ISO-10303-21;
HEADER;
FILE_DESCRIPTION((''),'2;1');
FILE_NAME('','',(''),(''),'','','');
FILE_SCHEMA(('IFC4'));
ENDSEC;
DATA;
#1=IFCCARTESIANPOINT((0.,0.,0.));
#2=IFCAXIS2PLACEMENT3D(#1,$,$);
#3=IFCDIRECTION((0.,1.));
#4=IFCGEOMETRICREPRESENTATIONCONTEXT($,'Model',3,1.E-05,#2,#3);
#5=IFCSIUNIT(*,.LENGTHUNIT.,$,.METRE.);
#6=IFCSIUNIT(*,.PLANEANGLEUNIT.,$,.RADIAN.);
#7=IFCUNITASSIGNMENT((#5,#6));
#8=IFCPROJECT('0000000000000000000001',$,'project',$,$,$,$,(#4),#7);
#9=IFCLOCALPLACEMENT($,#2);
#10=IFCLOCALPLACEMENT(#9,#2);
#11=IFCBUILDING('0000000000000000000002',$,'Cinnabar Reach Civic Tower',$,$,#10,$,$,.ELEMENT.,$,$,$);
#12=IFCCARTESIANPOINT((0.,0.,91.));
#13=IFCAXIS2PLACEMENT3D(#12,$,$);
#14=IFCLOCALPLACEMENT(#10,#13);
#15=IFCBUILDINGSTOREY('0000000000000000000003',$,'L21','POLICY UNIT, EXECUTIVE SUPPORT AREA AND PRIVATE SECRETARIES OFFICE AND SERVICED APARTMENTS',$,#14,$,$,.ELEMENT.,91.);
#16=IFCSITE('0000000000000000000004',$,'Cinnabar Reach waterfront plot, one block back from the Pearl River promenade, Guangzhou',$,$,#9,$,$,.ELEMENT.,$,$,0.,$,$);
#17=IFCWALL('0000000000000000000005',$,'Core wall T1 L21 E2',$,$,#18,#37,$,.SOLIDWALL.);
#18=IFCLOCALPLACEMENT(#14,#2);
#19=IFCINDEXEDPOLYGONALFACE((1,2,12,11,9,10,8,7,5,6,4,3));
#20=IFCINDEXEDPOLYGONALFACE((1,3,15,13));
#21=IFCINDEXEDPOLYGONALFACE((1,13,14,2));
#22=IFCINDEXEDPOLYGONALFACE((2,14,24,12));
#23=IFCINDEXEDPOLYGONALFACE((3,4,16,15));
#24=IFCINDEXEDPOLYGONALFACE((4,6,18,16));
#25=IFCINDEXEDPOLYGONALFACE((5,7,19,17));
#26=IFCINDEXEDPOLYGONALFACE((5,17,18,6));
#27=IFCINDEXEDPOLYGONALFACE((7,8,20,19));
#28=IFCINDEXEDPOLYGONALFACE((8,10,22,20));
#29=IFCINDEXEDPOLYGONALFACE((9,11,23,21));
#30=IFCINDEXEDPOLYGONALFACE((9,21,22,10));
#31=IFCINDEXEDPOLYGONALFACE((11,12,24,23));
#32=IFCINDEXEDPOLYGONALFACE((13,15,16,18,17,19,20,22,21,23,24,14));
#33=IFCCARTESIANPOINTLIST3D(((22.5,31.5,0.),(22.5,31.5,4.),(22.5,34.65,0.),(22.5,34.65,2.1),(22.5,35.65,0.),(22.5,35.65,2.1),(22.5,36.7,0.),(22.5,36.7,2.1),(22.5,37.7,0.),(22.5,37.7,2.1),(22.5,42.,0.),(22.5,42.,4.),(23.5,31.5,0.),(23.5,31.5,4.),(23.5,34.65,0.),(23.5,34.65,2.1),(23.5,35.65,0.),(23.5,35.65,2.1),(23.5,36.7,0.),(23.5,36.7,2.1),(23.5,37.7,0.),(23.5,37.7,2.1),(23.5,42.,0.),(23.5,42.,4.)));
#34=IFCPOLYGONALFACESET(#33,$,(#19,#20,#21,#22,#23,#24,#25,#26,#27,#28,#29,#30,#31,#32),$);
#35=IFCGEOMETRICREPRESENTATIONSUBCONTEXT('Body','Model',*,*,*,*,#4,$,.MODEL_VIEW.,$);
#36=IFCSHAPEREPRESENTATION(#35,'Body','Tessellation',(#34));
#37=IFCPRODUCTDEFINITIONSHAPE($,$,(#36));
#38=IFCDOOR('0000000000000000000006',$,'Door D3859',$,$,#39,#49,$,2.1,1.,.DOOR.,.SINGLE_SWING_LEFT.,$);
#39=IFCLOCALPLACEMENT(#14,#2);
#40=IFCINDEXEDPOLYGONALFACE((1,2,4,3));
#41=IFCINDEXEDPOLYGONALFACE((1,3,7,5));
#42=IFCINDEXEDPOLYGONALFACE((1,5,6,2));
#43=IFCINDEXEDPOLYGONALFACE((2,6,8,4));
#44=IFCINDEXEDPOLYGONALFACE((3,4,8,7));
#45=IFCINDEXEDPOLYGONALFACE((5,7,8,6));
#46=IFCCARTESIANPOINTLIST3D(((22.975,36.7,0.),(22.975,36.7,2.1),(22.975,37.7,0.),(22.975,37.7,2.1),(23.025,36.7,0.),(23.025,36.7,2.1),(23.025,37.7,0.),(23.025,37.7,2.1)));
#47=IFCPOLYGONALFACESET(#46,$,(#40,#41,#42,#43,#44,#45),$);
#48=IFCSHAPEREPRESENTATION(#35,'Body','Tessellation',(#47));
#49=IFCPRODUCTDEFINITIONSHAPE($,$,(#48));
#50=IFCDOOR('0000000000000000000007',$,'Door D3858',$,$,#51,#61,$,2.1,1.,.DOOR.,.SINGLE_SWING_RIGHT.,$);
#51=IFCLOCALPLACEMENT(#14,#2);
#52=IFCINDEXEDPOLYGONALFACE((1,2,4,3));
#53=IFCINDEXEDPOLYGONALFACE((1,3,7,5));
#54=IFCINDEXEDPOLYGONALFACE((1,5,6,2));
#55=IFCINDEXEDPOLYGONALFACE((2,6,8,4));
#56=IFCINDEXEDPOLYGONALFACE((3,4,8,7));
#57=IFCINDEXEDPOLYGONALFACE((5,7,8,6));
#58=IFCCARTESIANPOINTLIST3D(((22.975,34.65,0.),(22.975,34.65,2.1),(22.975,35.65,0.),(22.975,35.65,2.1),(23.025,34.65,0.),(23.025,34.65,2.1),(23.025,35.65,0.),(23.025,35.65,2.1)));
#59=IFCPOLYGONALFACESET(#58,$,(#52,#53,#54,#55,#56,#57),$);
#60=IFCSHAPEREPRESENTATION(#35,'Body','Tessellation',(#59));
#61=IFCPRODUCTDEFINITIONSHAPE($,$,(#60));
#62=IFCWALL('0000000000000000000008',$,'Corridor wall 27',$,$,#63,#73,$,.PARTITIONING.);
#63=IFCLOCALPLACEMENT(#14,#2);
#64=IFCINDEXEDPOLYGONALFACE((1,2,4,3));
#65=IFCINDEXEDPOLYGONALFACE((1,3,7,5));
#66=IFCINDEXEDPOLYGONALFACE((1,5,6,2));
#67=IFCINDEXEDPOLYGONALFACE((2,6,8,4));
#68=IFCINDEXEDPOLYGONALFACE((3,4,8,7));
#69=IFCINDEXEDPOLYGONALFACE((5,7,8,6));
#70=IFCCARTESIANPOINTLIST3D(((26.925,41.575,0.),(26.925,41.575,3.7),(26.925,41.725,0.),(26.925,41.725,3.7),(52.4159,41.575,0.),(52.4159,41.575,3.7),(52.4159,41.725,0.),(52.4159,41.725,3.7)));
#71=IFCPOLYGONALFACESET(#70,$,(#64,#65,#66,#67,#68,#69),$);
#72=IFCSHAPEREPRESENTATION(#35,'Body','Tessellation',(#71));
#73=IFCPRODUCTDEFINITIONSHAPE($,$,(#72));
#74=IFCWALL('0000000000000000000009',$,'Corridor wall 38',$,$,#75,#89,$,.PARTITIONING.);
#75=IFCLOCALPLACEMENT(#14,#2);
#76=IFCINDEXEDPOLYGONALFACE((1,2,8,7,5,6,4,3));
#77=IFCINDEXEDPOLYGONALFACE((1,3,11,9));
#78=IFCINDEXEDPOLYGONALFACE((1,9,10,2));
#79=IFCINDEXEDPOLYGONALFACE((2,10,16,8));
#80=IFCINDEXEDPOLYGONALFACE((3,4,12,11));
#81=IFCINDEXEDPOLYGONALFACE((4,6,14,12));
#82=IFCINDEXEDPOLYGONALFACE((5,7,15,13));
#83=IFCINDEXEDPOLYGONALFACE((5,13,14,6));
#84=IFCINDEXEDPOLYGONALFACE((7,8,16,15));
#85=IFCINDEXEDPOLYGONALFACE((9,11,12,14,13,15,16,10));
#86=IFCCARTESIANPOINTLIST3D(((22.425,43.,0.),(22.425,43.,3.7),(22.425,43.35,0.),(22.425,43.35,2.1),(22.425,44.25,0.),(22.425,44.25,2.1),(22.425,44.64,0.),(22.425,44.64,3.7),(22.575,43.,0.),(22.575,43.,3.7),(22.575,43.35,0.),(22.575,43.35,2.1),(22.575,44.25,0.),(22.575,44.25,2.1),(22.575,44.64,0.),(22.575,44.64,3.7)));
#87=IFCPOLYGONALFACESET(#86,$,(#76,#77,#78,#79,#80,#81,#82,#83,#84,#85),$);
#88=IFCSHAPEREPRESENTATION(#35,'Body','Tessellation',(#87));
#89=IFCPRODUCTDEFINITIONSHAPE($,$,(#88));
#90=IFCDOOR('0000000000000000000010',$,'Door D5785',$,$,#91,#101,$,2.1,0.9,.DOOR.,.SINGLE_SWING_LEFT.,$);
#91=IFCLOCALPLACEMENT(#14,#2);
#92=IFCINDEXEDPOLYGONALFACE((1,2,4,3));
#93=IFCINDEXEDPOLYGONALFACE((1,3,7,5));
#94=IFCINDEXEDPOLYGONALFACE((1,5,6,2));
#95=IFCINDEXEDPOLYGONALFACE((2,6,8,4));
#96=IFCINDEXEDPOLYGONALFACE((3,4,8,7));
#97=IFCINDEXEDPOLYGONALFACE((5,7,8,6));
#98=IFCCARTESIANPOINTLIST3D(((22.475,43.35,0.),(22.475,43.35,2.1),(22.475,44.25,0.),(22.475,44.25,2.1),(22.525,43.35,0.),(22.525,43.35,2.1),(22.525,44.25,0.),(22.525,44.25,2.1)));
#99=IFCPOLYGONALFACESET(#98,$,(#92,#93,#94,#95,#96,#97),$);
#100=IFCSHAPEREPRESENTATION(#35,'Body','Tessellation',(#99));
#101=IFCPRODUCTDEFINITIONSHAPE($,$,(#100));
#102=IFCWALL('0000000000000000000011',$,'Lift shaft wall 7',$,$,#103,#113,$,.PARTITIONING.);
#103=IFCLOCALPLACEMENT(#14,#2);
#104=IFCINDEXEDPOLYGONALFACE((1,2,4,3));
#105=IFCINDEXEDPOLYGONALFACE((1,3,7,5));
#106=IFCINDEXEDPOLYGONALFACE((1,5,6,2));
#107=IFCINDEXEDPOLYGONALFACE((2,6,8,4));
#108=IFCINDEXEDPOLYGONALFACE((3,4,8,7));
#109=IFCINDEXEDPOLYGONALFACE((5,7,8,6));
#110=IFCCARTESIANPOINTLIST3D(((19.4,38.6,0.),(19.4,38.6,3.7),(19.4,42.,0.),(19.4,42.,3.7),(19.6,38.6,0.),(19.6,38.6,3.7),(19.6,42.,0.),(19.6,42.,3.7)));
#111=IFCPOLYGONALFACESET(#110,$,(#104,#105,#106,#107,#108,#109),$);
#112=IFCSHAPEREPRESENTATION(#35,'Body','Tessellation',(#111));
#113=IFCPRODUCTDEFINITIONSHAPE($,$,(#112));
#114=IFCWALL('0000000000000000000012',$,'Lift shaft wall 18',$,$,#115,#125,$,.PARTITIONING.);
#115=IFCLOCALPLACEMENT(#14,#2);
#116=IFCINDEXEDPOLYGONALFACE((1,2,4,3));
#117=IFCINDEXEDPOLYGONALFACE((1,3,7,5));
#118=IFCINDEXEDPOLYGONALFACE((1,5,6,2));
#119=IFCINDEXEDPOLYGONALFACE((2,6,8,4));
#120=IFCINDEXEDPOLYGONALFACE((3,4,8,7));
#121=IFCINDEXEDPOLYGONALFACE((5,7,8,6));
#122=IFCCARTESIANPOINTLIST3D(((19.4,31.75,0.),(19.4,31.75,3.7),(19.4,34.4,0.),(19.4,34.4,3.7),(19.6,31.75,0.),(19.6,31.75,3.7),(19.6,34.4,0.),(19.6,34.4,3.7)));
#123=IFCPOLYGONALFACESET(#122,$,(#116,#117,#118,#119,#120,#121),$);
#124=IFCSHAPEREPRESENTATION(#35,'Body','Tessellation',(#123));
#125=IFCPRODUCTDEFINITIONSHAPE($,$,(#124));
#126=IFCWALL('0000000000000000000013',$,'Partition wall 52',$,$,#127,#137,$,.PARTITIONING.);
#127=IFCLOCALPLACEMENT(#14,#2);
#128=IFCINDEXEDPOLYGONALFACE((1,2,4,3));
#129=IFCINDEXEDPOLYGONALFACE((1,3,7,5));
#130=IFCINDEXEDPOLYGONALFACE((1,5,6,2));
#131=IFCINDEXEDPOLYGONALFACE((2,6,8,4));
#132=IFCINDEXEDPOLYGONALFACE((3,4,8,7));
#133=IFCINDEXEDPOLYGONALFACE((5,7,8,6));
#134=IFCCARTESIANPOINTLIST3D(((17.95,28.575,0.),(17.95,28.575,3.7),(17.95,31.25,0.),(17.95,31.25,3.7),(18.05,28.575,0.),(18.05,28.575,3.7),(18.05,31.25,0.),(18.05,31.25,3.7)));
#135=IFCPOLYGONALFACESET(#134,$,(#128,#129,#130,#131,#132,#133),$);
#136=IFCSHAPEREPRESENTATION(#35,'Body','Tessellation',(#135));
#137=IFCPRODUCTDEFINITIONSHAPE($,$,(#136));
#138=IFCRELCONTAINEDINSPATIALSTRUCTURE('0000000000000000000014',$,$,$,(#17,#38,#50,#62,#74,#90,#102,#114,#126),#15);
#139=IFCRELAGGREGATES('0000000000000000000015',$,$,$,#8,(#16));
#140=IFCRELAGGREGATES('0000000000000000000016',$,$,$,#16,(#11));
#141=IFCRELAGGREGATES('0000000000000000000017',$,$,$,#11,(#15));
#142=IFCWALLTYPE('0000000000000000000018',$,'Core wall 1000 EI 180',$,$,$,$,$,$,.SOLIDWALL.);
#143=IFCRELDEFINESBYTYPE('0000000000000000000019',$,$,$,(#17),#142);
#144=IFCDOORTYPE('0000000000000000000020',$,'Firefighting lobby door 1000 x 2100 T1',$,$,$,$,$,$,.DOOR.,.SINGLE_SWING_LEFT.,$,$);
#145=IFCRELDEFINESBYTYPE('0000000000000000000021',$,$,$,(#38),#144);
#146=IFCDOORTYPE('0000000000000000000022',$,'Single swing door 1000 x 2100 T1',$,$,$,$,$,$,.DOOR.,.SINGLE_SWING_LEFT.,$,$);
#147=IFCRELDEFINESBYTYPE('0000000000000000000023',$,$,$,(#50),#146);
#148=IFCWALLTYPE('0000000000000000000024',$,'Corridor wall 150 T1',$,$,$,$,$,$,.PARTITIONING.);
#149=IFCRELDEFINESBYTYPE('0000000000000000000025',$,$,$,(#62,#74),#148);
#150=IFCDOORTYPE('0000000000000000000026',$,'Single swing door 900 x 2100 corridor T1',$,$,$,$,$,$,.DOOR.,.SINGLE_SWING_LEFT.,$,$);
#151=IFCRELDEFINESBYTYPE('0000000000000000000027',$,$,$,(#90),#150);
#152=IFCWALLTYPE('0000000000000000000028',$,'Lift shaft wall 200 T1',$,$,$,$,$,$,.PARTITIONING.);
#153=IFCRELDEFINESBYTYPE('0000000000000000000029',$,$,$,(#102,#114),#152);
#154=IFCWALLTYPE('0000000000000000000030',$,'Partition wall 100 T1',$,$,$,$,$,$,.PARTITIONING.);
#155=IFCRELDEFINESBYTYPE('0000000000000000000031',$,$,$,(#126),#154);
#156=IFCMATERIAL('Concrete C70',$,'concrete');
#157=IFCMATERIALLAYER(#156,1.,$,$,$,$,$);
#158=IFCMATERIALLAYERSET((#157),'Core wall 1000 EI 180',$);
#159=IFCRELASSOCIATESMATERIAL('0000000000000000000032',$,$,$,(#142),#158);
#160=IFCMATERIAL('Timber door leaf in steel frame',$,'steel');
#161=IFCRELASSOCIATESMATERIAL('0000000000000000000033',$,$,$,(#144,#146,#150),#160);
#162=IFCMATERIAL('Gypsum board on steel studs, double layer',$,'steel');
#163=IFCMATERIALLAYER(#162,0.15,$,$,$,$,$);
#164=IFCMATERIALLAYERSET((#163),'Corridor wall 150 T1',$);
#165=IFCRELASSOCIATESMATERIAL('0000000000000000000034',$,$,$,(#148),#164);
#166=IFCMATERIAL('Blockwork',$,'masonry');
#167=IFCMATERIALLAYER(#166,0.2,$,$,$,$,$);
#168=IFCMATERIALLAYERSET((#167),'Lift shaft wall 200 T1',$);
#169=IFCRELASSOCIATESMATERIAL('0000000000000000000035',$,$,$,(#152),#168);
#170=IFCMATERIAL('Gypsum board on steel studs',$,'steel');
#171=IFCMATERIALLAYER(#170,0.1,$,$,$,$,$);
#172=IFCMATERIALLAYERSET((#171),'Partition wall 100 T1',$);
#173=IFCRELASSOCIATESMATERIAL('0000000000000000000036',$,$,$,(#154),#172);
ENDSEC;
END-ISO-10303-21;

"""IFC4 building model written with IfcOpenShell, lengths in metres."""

from ifc_helpers import new_model, si_unit, direction, frame, frame_2d, origin, place, context, subcontext, project, spatial, rectangle, extrude, material, layer, layer_set, type_object, element, fill, save


model = new_model("IFC4")

# Units and contexts
model_context = context("Model", 3, precision=1e-05, world=origin(), true_north=direction((0.0, 1.0)))
body_context = subcontext(model_context, "Body", "Model", "MODEL_VIEW")
ifc_project = project(units=[si_unit("LENGTHUNIT", "METRE"), si_unit("PLANEANGLEUNIT", "RADIAN")], contexts=[model_context])

# Site, building, storey
site_placement = place(None, origin())
site = spatial("IfcSite", under=ifc_project, at=site_placement, Name="Cinnabar Reach waterfront plot, one block back from the Pearl River promenade, Guangzhou", CompositionType="ELEMENT", RefElevation=0.0)
building_placement = place(site_placement, origin())
building = spatial("IfcBuilding", under=site, at=building_placement, Name="Cinnabar Reach Civic Tower", CompositionType="ELEMENT")
storey_placement = place(building_placement, frame((0.0, 0.0, 91.0)))
storey = spatial("IfcBuildingStorey", under=building, at=storey_placement, Name="L21", Description="POLICY UNIT, EXECUTIVE SUPPORT AREA AND PRIVATE SECRETARIES OFFICE AND SERVICED APARTMENTS", CompositionType="ELEMENT", Elevation=91.0)

# Shared definitions
ifc_material_1 = material(Name="Concrete C70", Category="concrete")

# Shared definitions
ifc_layer_1 = layer(ifc_material_1, 1.0)
ifc_layer_set_1 = layer_set([ifc_layer_1], Name="Core wall 1000 EI 180")
wall_type_1 = type_object("IfcWallType", Name="Core wall 1000 EI 180", PredefinedType="SOLIDWALL", material=ifc_layer_set_1)

# Wall, openings, doors
wall_1_placement = place(storey_placement, frame((23.0, 31.5, 0.0), z_axis=(0.0, 0.0, 1.0), x_axis=(0.0, 1.0, 0.0)))
wall_1 = element("IfcWall", 1, at=wall_1_placement, inside=storey, type_object=wall_type_1, Name="Core wall T1 L21 E2", PredefinedType="SOLIDWALL", context=body_context, shape_type="SweptSolid", body=[
    extrude(rectangle(XDim=10.5, YDim=1.0, at=frame_2d((5.25, 0.0))), origin(), (0.0, 0.0, 1.0), 4.0),
])
opening_1_placement = place(wall_1_placement, frame((3.15, 0.0, 0.0)))
opening_1 = element("IfcOpeningElement", 2, at=opening_1_placement, cuts=wall_1, PredefinedType="OPENING", context=body_context, shape_type="SweptSolid", body=[
    extrude(rectangle(XDim=1.0, YDim=2.1, at=frame_2d((0.5, 1.05))), frame((0.0, 0.51, 0.0), z_axis=(0.0, -1.0, 0.0), x_axis=(1.0, 0.0, 0.0)), (0.0, 0.0, 1.0), 1.02),
])
opening_2_placement = place(wall_1_placement, frame((5.2, 0.0, 0.0)))
opening_2 = element("IfcOpeningElement", 3, at=opening_2_placement, cuts=wall_1, PredefinedType="OPENING", context=body_context, shape_type="SweptSolid", body=[
    extrude(rectangle(XDim=1.0, YDim=2.1, at=frame_2d((0.5, 1.05))), frame((0.0, 0.51, 0.0), z_axis=(0.0, -1.0, 0.0), x_axis=(1.0, 0.0, 0.0)), (0.0, 0.0, 1.0), 1.02),
])
ifc_material_2 = material(Name="Timber door leaf in steel frame", Category="steel")
door_type_1 = type_object("IfcDoorType", Name="Firefighting lobby door 1000 x 2100 T1", OperationType="SINGLE_SWING_LEFT", PredefinedType="DOOR", material=ifc_material_2)
door_1_placement = place(opening_2_placement, origin())
door_1 = element("IfcDoor", 4, at=door_1_placement, inside=storey, type_object=door_type_1, Name="Door D3859", OperationType="SINGLE_SWING_LEFT", OverallHeight=2.1, OverallWidth=1.0, PredefinedType="DOOR", context=body_context, shape_type="SweptSolid", body=[
    extrude(rectangle(XDim=1.0, YDim=2.1, at=frame_2d((0.5, 1.05))), frame((0.0, 0.025, 0.0), z_axis=(0.0, -1.0, 0.0), x_axis=(1.0, 0.0, 0.0)), (0.0, 0.0, 1.0), 0.05),
])
fill(opening_2, door_1)
door_type_2 = type_object("IfcDoorType", Name="Single swing door 1000 x 2100 T1", OperationType="SINGLE_SWING_LEFT", PredefinedType="DOOR", material=ifc_material_2)
door_2_placement = place(opening_1_placement, origin())
door_2 = element("IfcDoor", 5, at=door_2_placement, inside=storey, type_object=door_type_2, Name="Door D3858", OperationType="SINGLE_SWING_RIGHT", OverallHeight=2.1, OverallWidth=1.0, PredefinedType="DOOR", context=body_context, shape_type="SweptSolid", body=[
    extrude(rectangle(XDim=1.0, YDim=2.1, at=frame_2d((0.5, 1.05))), frame((0.0, 0.025, 0.0), z_axis=(0.0, -1.0, 0.0), x_axis=(1.0, 0.0, 0.0)), (0.0, 0.0, 1.0), 0.05),
])
fill(opening_1, door_2)

# Wall
ifc_material_3 = material(Name="Gypsum board on steel studs, double layer", Category="steel")
ifc_layer_2 = layer(ifc_material_3, 0.15)
ifc_layer_set_2 = layer_set([ifc_layer_2], Name="Corridor wall 150 T1")
wall_type_2 = type_object("IfcWallType", Name="Corridor wall 150 T1", PredefinedType="PARTITIONING", material=ifc_layer_set_2)
wall_2_placement = place(storey_placement, frame((26.925, 41.65, 0.0), z_axis=(0.0, 0.0, 1.0), x_axis=(1.0, 0.0, 0.0)))
element("IfcWall", 6, at=wall_2_placement, inside=storey, type_object=wall_type_2, Name="Corridor wall 27", PredefinedType="PARTITIONING", context=body_context, shape_type="SweptSolid", body=[
    extrude(rectangle(XDim=25.4909, YDim=0.15, at=frame_2d((12.7454, 0.0))), origin(), (0.0, 0.0, 1.0), 3.7),
])

# Wall, opening, door
wall_3_placement = place(storey_placement, frame((22.5, 43.0, 0.0), z_axis=(0.0, 0.0, 1.0), x_axis=(0.0, 1.0, 0.0)))
wall_3 = element("IfcWall", 7, at=wall_3_placement, inside=storey, type_object=wall_type_2, Name="Corridor wall 38", PredefinedType="PARTITIONING", context=body_context, shape_type="SweptSolid", body=[
    extrude(rectangle(XDim=1.64, YDim=0.15, at=frame_2d((0.82, 0.0))), origin(), (0.0, 0.0, 1.0), 3.7),
])
opening_3_placement = place(wall_3_placement, frame((0.35, 0.0, 0.0)))
opening_3 = element("IfcOpeningElement", 8, at=opening_3_placement, cuts=wall_3, PredefinedType="OPENING", context=body_context, shape_type="SweptSolid", body=[
    extrude(rectangle(XDim=0.9, YDim=2.1, at=frame_2d((0.45, 1.05))), frame((0.0, 0.085, 0.0), z_axis=(0.0, -1.0, 0.0), x_axis=(1.0, 0.0, 0.0)), (0.0, 0.0, 1.0), 0.17),
])
door_type_3 = type_object("IfcDoorType", Name="Single swing door 900 x 2100 corridor T1", OperationType="SINGLE_SWING_LEFT", PredefinedType="DOOR", material=ifc_material_2)
door_3_placement = place(opening_3_placement, origin())
door_3 = element("IfcDoor", 9, at=door_3_placement, inside=storey, type_object=door_type_3, Name="Door D5785", OperationType="SINGLE_SWING_LEFT", OverallHeight=2.1, OverallWidth=0.9, PredefinedType="DOOR", context=body_context, shape_type="SweptSolid", body=[
    extrude(rectangle(XDim=0.9, YDim=2.1, at=frame_2d((0.45, 1.05))), frame((0.0, 0.025, 0.0), z_axis=(0.0, -1.0, 0.0), x_axis=(1.0, 0.0, 0.0)), (0.0, 0.0, 1.0), 0.05),
])
fill(opening_3, door_3)

# Walls
ifc_material_4 = material(Name="Blockwork", Category="masonry")
ifc_layer_3 = layer(ifc_material_4, 0.2)
ifc_layer_set_3 = layer_set([ifc_layer_3], Name="Lift shaft wall 200 T1")
wall_type_3 = type_object("IfcWallType", Name="Lift shaft wall 200 T1", PredefinedType="PARTITIONING", material=ifc_layer_set_3)
wall_4_placement = place(storey_placement, frame((19.5, 38.6, 0.0), z_axis=(0.0, 0.0, 1.0), x_axis=(0.0, 1.0, 0.0)))
element("IfcWall", 10, at=wall_4_placement, inside=storey, type_object=wall_type_3, Name="Lift shaft wall 7", PredefinedType="PARTITIONING", context=body_context, shape_type="SweptSolid", body=[
    extrude(rectangle(XDim=3.4, YDim=0.2, at=frame_2d((1.7, 0.0))), origin(), (0.0, 0.0, 1.0), 3.7),
])
wall_5_placement = place(storey_placement, frame((19.5, 31.75, 0.0), z_axis=(0.0, 0.0, 1.0), x_axis=(0.0, 1.0, 0.0)))
element("IfcWall", 11, at=wall_5_placement, inside=storey, type_object=wall_type_3, Name="Lift shaft wall 18", PredefinedType="PARTITIONING", context=body_context, shape_type="SweptSolid", body=[
    extrude(rectangle(XDim=2.65, YDim=0.2, at=frame_2d((1.325, 0.0))), origin(), (0.0, 0.0, 1.0), 3.7),
])
ifc_material_5 = material(Name="Gypsum board on steel studs", Category="steel")
ifc_layer_4 = layer(ifc_material_5, 0.1)
ifc_layer_set_4 = layer_set([ifc_layer_4], Name="Partition wall 100 T1")
wall_type_4 = type_object("IfcWallType", Name="Partition wall 100 T1", PredefinedType="PARTITIONING", material=ifc_layer_set_4)
wall_6_placement = place(storey_placement, frame((18.0, 28.575, 0.0), z_axis=(0.0, 0.0, 1.0), x_axis=(0.0, 1.0, 0.0)))
element("IfcWall", 12, at=wall_6_placement, inside=storey, type_object=wall_type_4, Name="Partition wall 52", PredefinedType="PARTITIONING", context=body_context, shape_type="SweptSolid", body=[
    extrude(rectangle(XDim=2.675, YDim=0.1, at=frame_2d((1.3375, 0.0))), origin(), (0.0, 0.0, 1.0), 3.7),
])

save(model, "model.ifc")
